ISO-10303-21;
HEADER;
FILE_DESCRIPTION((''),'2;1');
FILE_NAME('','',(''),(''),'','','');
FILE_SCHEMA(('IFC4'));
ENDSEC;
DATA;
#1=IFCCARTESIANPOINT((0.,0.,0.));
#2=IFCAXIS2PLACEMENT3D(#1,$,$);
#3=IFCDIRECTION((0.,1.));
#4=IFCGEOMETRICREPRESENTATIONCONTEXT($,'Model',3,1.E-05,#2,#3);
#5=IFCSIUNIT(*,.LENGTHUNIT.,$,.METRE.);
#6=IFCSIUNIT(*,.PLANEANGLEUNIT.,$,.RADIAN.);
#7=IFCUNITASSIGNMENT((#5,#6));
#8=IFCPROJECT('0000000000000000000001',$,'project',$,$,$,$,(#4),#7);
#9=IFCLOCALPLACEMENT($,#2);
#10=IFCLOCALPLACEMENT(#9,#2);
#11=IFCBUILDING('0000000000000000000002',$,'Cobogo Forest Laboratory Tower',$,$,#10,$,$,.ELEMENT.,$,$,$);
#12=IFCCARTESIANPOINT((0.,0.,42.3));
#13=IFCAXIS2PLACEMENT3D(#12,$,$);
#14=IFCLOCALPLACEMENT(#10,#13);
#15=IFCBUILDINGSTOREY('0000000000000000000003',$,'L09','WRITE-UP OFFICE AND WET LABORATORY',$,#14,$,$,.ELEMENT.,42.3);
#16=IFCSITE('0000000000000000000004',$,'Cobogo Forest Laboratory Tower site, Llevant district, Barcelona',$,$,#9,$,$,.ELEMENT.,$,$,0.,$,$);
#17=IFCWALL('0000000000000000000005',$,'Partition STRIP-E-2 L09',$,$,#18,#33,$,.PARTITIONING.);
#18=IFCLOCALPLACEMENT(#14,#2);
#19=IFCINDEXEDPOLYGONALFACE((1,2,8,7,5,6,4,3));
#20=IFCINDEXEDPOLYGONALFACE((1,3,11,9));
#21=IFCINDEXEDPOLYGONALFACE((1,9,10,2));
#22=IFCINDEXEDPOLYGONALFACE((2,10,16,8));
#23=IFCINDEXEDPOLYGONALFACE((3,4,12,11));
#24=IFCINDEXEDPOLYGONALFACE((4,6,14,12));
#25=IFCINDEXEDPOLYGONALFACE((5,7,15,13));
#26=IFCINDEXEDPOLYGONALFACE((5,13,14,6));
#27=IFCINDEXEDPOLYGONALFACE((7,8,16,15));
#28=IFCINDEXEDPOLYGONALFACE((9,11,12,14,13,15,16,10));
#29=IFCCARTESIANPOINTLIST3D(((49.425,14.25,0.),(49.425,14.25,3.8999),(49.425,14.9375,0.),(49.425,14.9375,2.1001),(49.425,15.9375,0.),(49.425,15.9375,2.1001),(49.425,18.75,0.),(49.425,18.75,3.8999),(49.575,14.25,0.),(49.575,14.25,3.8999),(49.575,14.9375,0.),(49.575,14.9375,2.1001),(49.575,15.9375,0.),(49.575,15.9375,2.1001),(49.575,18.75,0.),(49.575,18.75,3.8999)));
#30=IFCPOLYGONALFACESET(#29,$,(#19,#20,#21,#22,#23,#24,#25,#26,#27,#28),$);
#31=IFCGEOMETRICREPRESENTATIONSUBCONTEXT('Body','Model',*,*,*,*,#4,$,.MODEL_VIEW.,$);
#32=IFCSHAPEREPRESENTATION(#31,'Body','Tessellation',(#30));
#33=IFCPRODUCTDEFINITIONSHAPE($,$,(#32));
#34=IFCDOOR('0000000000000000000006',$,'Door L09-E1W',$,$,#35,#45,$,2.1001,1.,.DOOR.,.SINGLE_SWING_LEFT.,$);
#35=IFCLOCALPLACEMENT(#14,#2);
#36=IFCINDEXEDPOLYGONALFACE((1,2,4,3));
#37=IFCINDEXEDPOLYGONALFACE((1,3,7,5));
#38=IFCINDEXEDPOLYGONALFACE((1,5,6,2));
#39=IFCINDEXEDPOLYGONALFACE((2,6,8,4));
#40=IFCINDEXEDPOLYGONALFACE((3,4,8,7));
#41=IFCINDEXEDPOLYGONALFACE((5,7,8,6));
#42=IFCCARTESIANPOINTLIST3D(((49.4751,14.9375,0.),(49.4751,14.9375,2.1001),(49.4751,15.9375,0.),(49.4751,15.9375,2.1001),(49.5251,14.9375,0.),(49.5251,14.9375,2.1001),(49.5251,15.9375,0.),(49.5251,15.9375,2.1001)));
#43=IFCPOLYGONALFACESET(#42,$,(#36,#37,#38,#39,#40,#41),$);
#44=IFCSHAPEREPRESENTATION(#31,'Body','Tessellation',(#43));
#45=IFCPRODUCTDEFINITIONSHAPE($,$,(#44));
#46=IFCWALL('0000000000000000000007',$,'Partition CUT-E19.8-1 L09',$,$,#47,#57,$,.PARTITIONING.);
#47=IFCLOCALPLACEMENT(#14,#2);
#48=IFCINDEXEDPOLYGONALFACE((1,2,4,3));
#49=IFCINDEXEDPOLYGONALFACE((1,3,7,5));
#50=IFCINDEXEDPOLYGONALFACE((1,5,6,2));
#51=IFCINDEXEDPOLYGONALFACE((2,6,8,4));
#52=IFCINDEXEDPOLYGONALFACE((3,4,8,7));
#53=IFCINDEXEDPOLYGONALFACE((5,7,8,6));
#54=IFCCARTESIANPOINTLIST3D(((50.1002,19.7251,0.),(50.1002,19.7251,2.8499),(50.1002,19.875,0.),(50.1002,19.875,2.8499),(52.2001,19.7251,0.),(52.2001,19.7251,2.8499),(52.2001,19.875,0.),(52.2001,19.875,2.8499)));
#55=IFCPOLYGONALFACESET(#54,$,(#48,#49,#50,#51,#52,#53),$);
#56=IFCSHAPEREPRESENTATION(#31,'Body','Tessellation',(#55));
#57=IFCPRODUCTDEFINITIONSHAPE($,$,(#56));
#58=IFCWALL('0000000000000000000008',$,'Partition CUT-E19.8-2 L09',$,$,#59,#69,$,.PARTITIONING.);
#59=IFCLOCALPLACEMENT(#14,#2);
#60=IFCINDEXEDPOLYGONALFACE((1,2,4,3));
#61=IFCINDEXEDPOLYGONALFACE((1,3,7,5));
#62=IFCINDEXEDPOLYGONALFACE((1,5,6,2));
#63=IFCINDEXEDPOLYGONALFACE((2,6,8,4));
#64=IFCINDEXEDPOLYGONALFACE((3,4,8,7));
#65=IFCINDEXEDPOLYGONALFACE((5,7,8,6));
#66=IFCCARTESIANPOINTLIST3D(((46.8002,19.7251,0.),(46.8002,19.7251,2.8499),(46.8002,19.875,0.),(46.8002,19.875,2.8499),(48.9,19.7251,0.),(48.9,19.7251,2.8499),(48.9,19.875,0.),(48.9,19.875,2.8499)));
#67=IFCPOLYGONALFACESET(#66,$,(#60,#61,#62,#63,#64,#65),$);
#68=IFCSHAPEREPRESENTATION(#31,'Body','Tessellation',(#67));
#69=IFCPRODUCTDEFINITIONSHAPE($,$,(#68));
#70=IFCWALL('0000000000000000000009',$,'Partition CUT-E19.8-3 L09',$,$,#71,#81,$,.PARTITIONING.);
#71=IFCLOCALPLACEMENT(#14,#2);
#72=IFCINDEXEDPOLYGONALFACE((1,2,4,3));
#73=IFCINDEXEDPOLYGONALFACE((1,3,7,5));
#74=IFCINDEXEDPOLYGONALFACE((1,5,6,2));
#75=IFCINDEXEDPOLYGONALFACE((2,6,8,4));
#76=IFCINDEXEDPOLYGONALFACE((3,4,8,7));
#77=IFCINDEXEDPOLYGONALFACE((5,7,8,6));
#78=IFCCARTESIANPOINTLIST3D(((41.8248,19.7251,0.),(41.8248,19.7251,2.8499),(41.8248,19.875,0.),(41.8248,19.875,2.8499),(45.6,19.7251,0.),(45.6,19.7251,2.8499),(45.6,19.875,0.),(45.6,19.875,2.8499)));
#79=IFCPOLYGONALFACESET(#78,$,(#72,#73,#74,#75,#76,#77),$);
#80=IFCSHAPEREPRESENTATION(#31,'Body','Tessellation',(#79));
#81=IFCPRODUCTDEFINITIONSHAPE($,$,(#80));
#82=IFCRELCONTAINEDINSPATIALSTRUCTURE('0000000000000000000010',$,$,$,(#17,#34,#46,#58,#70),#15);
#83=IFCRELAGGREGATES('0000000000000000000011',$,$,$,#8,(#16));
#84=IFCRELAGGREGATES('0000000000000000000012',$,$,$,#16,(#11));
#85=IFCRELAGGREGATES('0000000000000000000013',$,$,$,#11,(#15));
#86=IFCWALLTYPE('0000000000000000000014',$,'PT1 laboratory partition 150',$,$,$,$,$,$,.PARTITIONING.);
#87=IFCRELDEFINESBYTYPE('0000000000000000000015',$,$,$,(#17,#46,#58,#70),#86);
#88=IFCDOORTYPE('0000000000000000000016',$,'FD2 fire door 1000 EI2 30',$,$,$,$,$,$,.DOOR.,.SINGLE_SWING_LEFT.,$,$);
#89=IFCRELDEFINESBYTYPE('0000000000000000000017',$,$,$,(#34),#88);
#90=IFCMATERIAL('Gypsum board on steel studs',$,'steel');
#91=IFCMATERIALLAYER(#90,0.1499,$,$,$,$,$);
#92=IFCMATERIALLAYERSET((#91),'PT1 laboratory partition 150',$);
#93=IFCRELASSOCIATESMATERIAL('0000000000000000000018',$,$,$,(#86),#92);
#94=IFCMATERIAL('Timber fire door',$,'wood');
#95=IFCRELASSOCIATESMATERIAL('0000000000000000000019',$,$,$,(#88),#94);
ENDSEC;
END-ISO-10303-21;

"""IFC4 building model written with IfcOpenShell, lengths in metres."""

from ifc_helpers import new_model, si_unit, direction, frame, frame_2d, origin, place, context, subcontext, project, spatial, rectangle, extrude, material, layer, layer_set, type_object, element, fill, save


model = new_model("IFC4")

# Units and contexts
model_context = context("Model", 3, precision=1e-05, world=origin(), true_north=direction((0.0, 1.0)))
body_context = subcontext(model_context, "Body", "Model", "MODEL_VIEW")
ifc_project = project(units=[si_unit("LENGTHUNIT", "METRE"), si_unit("PLANEANGLEUNIT", "RADIAN")], contexts=[model_context])

# Site, building, storey
site_placement = place(None, origin())
site = spatial("IfcSite", under=ifc_project, at=site_placement, Name="Cobogo Forest Laboratory Tower site, Llevant district, Barcelona", CompositionType="ELEMENT", RefElevation=0.0)
building_placement = place(site_placement, origin())
building = spatial("IfcBuilding", under=site, at=building_placement, Name="Cobogo Forest Laboratory Tower", CompositionType="ELEMENT")
storey_placement = place(building_placement, frame((0.0, 0.0, 42.3)))
storey = spatial("IfcBuildingStorey", under=building, at=storey_placement, Name="L09", Description="WRITE-UP OFFICE AND WET LABORATORY", CompositionType="ELEMENT", Elevation=42.3)

# Wall, opening, door
ifc_material_1 = material(Name="Gypsum board on steel studs", Category="steel")
ifc_layer_1 = layer(ifc_material_1, 0.1499)
ifc_layer_set_1 = layer_set([ifc_layer_1], Name="PT1 laboratory partition 150")
wall_type_1 = type_object("IfcWallType", Name="PT1 laboratory partition 150", PredefinedType="PARTITIONING", material=ifc_layer_set_1)
wall_1_placement = place(storey_placement, frame((49.5, 14.25, 0.0), z_axis=(0.0, 0.0, 1.0), x_axis=(0.0, 1.0, 0.0)))
wall_1 = element("IfcWall", 1, at=wall_1_placement, inside=storey, type_object=wall_type_1, Name="Partition STRIP-E-2 L09", PredefinedType="PARTITIONING", context=body_context, shape_type="SweptSolid", body=[
    extrude(rectangle(XDim=4.5, YDim=0.1499, at=frame_2d((2.25, 0.0))), origin(), (0.0, 0.0, 1.0), 3.8999),
])
opening_1_placement = place(wall_1_placement, frame((0.6875, 0.0, 0.0)))
opening_1 = element("IfcOpeningElement", 2, at=opening_1_placement, cuts=wall_1, PredefinedType="OPENING", context=body_context, shape_type="SweptSolid", body=[
    extrude(rectangle(XDim=1.0, YDim=2.1001, at=frame_2d((0.5, 1.05))), frame((0.0, 0.085, 0.0), z_axis=(0.0, -1.0, 0.0), x_axis=(1.0, 0.0, 0.0)), (0.0, 0.0, 1.0), 0.1699),
])
ifc_material_2 = material(Name="Timber fire door", Category="wood")
door_type_1 = type_object("IfcDoorType", Name="FD2 fire door 1000 EI2 30", OperationType="SINGLE_SWING_LEFT", PredefinedType="DOOR", material=ifc_material_2)
door_1_placement = place(opening_1_placement, origin())
door_1 = element("IfcDoor", 3, at=door_1_placement, inside=storey, type_object=door_type_1, Name="Door L09-E1W", OperationType="SINGLE_SWING_LEFT", OverallHeight=2.1001, OverallWidth=1.0, PredefinedType="DOOR", context=body_context, shape_type="SweptSolid", body=[
    extrude(rectangle(XDim=1.0, YDim=2.1001, at=frame_2d((0.5, 1.05))), frame((0.0, 0.0249, 0.0), z_axis=(0.0, -1.0, 0.0), x_axis=(1.0, 0.0, 0.0)), (0.0, 0.0, 1.0), 0.05),
])
fill(opening_1, door_1)

# Walls
for number, where, z_axis, x_axis, name in (
    (4, (52.2, 19.8, 0.0), (0.0, 0.0, 1.0), (-1.0, 0.0, 0.0), "Partition CUT-E19.8-1 L09"),
    (5, (48.8999, 19.8, 0.0), (0.0, 0.0, 1.0), (-1.0, 0.0, 0.0), "Partition CUT-E19.8-2 L09"),
):
    element("IfcWall", number, at=place(storey_placement, frame(where, z_axis=z_axis, x_axis=x_axis)), inside=storey, type_object=wall_type_1, Name=name, PredefinedType="PARTITIONING", context=body_context, shape_type="SweptSolid", body=[
        extrude(rectangle(XDim=2.0999, YDim=0.1499, at=frame_2d((1.0498, 0.0))), origin(), (0.0, 0.0, 1.0), 2.8499),
    ])
wall_2_placement = place(storey_placement, frame((45.6001, 19.8, 0.0), z_axis=(0.0, 0.0, 1.0), x_axis=(-1.0, 0.0, 0.0)))
element("IfcWall", 6, at=wall_2_placement, inside=storey, type_object=wall_type_1, Name="Partition CUT-E19.8-3 L09", PredefinedType="PARTITIONING", context=body_context, shape_type="SweptSolid", body=[
    extrude(rectangle(XDim=3.7751, YDim=0.1499, at=frame_2d((1.8877, 0.0))), origin(), (0.0, 0.0, 1.0), 2.8499),
])

save(model, "model.ifc")
